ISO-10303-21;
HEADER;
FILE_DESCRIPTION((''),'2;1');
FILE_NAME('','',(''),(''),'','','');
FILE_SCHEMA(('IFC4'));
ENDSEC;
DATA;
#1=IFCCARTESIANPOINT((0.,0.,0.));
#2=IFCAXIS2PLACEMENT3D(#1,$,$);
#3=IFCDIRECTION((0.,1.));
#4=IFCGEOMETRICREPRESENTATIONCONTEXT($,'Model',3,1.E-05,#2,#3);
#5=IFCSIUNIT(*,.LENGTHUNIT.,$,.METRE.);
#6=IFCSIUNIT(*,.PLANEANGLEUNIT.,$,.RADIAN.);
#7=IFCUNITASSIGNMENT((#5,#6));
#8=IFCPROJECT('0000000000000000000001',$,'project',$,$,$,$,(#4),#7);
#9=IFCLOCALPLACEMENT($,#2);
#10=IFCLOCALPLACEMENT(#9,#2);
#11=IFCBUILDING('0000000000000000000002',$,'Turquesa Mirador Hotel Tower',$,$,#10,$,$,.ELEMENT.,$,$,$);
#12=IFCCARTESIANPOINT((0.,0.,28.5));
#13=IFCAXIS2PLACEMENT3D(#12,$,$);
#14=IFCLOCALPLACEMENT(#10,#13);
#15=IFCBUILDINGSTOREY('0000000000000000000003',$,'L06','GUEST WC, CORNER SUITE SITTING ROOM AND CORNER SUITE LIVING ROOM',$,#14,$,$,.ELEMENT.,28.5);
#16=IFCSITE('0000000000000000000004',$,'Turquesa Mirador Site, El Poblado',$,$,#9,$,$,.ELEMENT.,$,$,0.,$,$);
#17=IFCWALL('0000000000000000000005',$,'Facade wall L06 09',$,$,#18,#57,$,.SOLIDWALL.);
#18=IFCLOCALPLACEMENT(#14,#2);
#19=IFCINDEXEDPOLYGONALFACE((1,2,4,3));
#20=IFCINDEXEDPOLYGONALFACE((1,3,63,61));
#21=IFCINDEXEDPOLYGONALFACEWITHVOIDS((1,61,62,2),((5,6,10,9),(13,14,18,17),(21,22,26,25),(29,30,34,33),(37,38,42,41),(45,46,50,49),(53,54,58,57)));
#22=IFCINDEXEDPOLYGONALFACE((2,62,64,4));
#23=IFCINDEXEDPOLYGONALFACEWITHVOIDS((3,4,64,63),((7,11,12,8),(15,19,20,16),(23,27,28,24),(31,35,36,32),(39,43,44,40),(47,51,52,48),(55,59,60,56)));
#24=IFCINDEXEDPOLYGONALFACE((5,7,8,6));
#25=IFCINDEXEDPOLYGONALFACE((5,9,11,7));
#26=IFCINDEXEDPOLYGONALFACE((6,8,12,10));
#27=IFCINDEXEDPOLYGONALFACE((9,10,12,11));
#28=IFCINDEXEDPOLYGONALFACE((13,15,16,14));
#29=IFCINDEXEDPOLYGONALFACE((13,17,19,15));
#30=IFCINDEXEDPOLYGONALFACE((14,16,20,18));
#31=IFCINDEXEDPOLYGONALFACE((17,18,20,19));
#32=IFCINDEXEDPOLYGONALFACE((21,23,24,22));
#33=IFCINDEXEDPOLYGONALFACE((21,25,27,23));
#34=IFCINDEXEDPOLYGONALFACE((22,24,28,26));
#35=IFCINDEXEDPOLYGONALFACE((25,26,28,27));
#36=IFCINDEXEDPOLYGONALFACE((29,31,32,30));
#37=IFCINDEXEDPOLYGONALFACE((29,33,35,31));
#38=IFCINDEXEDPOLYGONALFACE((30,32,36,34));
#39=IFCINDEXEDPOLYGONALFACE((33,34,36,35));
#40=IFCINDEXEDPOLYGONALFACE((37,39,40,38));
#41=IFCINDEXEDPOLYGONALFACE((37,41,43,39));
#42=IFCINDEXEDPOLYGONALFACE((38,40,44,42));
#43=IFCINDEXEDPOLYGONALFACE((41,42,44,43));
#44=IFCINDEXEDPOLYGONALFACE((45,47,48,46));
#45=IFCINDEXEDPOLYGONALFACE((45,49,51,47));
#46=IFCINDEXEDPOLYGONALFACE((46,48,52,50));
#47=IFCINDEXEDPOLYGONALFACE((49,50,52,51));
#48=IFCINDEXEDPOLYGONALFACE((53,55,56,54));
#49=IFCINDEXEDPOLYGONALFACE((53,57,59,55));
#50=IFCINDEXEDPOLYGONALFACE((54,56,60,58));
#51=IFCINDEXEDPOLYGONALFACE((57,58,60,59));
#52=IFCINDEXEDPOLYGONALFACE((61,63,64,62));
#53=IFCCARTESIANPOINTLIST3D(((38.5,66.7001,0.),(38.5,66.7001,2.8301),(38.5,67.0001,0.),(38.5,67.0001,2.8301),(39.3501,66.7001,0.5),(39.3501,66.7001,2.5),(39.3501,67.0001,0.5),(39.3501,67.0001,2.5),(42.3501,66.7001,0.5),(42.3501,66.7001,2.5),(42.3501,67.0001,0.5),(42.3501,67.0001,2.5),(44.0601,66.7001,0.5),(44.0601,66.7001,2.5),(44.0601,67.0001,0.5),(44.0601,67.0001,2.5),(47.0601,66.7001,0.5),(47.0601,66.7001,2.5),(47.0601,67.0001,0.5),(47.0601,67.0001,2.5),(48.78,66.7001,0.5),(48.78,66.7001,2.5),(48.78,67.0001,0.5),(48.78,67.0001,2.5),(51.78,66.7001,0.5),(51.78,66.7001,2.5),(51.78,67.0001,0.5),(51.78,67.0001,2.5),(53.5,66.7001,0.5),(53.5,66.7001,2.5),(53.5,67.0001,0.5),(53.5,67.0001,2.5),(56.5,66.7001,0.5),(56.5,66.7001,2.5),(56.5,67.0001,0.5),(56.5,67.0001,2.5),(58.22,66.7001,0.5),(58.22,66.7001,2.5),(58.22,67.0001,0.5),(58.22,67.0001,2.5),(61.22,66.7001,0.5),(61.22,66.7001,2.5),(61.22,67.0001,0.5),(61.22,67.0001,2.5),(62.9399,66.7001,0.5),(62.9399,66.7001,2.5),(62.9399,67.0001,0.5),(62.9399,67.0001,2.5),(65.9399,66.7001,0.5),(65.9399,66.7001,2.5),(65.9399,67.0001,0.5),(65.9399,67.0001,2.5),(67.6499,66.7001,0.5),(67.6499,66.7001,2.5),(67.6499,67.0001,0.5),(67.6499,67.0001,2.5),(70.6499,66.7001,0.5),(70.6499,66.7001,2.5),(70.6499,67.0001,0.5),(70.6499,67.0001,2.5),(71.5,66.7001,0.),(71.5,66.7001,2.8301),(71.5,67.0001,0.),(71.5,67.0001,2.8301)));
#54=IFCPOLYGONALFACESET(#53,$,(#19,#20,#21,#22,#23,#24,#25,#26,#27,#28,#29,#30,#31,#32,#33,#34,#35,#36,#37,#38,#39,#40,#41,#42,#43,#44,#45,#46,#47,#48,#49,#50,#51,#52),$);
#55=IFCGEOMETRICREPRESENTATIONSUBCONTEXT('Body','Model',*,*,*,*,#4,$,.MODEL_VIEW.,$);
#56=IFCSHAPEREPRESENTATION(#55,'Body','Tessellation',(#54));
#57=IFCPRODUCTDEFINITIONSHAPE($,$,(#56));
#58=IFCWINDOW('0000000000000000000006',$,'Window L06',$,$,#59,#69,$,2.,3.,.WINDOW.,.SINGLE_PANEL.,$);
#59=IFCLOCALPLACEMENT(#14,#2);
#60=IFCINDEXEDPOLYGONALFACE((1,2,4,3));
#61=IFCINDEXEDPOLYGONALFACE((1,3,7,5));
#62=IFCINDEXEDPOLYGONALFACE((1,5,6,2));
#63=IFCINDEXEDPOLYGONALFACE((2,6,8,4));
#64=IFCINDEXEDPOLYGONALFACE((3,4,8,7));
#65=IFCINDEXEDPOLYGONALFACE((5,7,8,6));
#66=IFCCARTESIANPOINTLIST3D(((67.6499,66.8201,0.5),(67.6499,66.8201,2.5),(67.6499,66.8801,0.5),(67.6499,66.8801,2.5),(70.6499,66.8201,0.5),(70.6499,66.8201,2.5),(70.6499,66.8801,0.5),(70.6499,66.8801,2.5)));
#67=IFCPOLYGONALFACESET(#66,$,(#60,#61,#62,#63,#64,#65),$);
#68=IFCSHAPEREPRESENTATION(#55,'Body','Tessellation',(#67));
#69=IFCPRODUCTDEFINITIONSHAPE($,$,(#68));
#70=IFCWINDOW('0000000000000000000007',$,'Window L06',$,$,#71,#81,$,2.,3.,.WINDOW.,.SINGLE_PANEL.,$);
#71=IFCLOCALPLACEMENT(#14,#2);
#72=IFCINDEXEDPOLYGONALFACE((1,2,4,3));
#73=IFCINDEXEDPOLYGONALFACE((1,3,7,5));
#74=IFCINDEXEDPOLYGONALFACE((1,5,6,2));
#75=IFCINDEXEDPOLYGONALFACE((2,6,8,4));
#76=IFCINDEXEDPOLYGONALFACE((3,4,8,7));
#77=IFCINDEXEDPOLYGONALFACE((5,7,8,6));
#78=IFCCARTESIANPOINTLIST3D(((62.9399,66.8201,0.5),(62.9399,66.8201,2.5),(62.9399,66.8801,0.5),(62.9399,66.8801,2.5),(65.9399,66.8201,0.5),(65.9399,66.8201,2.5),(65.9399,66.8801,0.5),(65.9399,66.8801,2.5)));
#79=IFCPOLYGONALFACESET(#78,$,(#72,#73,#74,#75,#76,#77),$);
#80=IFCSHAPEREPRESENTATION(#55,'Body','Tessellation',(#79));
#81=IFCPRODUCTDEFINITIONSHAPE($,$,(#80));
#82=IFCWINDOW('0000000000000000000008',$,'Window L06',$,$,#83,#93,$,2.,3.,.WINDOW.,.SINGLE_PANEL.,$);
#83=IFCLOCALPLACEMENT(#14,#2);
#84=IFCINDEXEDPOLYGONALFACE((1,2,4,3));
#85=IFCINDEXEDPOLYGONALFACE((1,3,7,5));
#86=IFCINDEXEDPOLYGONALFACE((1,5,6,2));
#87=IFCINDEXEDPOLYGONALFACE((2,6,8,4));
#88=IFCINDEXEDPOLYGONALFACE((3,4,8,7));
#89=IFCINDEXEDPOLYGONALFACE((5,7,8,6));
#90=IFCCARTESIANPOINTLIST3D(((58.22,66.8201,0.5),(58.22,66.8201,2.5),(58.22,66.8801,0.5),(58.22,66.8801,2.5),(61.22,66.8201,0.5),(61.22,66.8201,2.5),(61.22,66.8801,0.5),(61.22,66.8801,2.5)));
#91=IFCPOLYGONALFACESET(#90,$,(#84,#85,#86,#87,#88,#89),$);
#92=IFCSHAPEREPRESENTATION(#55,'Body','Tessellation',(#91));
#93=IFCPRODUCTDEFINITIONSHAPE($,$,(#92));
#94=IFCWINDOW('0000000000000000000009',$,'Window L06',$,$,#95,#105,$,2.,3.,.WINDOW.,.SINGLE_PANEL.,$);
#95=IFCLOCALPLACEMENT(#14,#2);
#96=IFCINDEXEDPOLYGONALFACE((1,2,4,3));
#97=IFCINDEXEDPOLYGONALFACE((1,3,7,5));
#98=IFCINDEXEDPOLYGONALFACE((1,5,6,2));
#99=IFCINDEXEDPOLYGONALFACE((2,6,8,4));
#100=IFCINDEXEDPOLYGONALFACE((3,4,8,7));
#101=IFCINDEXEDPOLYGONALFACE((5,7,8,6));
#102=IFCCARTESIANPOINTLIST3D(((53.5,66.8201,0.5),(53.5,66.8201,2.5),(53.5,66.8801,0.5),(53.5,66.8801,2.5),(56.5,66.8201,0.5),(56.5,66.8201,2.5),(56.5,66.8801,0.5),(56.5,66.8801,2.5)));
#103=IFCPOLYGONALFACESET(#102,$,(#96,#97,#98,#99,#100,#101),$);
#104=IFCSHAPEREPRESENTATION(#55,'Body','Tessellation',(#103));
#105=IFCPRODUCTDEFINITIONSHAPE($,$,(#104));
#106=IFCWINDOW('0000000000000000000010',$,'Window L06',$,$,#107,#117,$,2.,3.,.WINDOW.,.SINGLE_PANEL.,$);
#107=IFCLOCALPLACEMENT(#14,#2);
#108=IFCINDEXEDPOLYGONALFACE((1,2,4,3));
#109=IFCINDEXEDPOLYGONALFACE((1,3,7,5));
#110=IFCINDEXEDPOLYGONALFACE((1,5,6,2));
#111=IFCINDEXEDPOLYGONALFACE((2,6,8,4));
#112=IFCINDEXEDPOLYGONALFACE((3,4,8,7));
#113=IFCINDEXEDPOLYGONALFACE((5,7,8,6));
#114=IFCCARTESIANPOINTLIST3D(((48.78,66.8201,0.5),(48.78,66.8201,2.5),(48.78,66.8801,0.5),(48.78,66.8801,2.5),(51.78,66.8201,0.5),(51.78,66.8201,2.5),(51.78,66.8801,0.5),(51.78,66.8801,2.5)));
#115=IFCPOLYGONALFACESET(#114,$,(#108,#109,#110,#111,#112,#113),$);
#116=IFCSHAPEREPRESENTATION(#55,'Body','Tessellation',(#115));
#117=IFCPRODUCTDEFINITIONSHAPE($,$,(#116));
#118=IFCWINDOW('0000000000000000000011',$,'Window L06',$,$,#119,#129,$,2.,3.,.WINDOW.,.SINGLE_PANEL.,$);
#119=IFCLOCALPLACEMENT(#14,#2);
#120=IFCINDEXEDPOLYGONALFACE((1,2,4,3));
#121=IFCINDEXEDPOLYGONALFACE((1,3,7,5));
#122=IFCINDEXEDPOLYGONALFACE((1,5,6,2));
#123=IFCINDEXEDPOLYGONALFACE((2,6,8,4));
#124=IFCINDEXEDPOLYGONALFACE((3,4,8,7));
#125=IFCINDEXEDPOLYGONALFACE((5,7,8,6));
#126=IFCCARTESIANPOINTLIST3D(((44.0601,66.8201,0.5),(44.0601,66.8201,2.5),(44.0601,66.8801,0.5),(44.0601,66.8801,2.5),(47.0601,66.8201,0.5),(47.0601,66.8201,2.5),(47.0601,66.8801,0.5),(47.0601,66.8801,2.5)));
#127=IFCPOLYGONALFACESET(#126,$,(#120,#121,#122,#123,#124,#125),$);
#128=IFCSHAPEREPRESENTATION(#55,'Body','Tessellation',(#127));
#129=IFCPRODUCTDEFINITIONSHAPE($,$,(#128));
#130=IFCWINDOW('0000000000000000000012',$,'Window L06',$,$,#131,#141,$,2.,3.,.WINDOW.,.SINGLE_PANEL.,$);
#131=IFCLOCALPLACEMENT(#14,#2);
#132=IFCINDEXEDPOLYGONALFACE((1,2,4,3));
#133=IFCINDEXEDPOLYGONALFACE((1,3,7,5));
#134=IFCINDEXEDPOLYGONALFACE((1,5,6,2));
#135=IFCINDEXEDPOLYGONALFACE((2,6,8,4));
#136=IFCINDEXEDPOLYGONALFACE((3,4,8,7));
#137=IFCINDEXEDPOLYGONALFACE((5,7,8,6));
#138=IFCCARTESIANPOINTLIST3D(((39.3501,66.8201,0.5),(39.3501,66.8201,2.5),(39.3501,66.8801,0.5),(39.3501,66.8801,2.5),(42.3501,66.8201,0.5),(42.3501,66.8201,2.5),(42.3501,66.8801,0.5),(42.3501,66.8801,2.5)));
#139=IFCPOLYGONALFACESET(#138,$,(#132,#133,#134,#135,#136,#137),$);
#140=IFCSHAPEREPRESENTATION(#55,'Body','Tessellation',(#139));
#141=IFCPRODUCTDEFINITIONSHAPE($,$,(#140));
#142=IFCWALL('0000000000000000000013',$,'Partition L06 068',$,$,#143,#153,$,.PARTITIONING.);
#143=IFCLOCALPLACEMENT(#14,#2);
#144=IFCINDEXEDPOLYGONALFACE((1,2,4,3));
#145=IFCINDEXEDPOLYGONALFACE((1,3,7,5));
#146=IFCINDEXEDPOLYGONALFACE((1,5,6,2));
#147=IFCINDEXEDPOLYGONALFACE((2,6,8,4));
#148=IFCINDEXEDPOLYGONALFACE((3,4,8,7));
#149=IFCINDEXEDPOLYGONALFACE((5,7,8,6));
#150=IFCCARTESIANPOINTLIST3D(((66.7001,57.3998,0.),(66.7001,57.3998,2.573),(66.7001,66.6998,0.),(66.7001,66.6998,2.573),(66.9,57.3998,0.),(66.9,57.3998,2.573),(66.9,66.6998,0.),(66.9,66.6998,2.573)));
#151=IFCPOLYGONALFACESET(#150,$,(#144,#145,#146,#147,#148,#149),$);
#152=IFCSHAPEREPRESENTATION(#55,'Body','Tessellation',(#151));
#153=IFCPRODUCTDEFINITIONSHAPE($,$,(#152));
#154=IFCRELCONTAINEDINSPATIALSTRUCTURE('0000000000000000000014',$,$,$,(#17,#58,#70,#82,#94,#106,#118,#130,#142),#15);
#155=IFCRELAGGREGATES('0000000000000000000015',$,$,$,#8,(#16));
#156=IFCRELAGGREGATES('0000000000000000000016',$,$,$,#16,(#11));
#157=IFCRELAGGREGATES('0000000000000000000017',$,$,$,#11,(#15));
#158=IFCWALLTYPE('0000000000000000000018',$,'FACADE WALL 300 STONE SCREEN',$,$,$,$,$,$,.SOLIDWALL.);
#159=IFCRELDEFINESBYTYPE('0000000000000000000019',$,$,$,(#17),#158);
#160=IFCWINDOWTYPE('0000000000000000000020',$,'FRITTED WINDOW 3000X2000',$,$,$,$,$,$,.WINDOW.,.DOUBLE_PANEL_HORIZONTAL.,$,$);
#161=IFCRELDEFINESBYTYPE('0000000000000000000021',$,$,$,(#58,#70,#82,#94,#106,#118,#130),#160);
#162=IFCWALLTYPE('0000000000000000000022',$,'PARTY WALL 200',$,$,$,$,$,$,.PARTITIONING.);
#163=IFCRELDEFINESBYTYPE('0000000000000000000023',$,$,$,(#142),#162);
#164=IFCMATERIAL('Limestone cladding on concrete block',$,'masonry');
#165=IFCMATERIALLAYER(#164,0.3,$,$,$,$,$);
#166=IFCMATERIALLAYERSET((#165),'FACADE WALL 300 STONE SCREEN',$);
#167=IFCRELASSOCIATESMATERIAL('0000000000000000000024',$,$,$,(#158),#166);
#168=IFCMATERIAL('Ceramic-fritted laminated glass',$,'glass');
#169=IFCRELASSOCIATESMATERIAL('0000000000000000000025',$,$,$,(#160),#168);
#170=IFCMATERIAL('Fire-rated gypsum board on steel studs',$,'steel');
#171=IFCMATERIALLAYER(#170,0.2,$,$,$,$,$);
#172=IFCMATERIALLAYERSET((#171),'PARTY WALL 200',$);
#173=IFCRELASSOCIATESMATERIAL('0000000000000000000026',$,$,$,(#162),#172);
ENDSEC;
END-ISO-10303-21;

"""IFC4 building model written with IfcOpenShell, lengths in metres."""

from ifc_helpers import new_model, si_unit, direction, frame, frame_2d, origin, place, context, subcontext, project, spatial, rectangle, extrude, material, layer, layer_set, type_object, element, fill, save


model = new_model("IFC4")

# Units and contexts
model_context = context("Model", 3, precision=1e-05, world=origin(), true_north=direction((0.0, 1.0)))
body_context = subcontext(model_context, "Body", "Model", "MODEL_VIEW")
ifc_project = project(units=[si_unit("LENGTHUNIT", "METRE"), si_unit("PLANEANGLEUNIT", "RADIAN")], contexts=[model_context])

# Site, building, storey
site_placement = place(None, origin())
site = spatial("IfcSite", under=ifc_project, at=site_placement, Name="Turquesa Mirador Site, El Poblado", CompositionType="ELEMENT", RefElevation=0.0)
building_placement = place(site_placement, origin())
building = spatial("IfcBuilding", under=site, at=building_placement, Name="Turquesa Mirador Hotel Tower", CompositionType="ELEMENT")
storey_placement = place(building_placement, frame((0.0, 0.0, 28.5)))
storey = spatial("IfcBuildingStorey", under=building, at=storey_placement, Name="L06", Description="GUEST WC, CORNER SUITE SITTING ROOM AND CORNER SUITE LIVING ROOM", CompositionType="ELEMENT", Elevation=28.5)

# Shared definitions
ifc_material_1 = material(Name="Limestone cladding on concrete block", Category="masonry")
ifc_layer_1 = layer(ifc_material_1, 0.3)
ifc_layer_set_1 = layer_set([ifc_layer_1], Name="FACADE WALL 300 STONE SCREEN")
wall_type_1 = type_object("IfcWallType", Name="FACADE WALL 300 STONE SCREEN", PredefinedType="SOLIDWALL", material=ifc_layer_set_1)

# Wall, openings, windows
wall_1_placement = place(storey_placement, frame((71.5, 66.8501, 0.0), z_axis=(0.0, 0.0, 1.0), x_axis=(-1.0, 0.0, 0.0)))
wall_1 = element("IfcWall", 1, at=wall_1_placement, inside=storey, type_object=wall_type_1, Name="Facade wall L06 09", PredefinedType="SOLIDWALL", context=body_context, shape_type="SweptSolid", body=[
    extrude(rectangle(XDim=33.0, YDim=0.3, at=frame_2d((16.5, 0.0))), origin(), (0.0, 0.0, 1.0), 2.8301),
])
opening_1_placement = place(wall_1_placement, frame((0.8501, 0.0, 0.5)))
opening_1 = element("IfcOpeningElement", 2, at=opening_1_placement, cuts=wall_1, PredefinedType="OPENING", context=body_context, shape_type="SweptSolid", body=[
    extrude(rectangle(XDim=3.0, YDim=2.0, at=frame_2d((1.5, 1.0))), frame((0.0, 0.1599, 0.0), z_axis=(0.0, -1.0, 0.0), x_axis=(1.0, 0.0, 0.0)), (0.0, 0.0, 1.0), 0.3201),
])
opening_2_placement = place(wall_1_placement, frame((5.5601, 0.0, 0.5)))
opening_2 = element("IfcOpeningElement", 3, at=opening_2_placement, cuts=wall_1, PredefinedType="OPENING", context=body_context, shape_type="SweptSolid", body=[
    extrude(rectangle(XDim=3.0, YDim=2.0, at=frame_2d((1.5, 1.0))), frame((0.0, 0.1599, 0.0), z_axis=(0.0, -1.0, 0.0), x_axis=(1.0, 0.0, 0.0)), (0.0, 0.0, 1.0), 0.3201),
])
opening_3_placement = place(wall_1_placement, frame((10.28, 0.0, 0.5)))
opening_3 = element("IfcOpeningElement", 4, at=opening_3_placement, cuts=wall_1, PredefinedType="OPENING", context=body_context, shape_type="SweptSolid", body=[
    extrude(rectangle(XDim=3.0, YDim=2.0, at=frame_2d((1.5, 1.0))), frame((0.0, 0.1599, 0.0), z_axis=(0.0, -1.0, 0.0), x_axis=(1.0, 0.0, 0.0)), (0.0, 0.0, 1.0), 0.3201),
])
opening_4_placement = place(wall_1_placement, frame((15.0, 0.0, 0.5)))
opening_4 = element("IfcOpeningElement", 5, at=opening_4_placement, cuts=wall_1, PredefinedType="OPENING", context=body_context, shape_type="SweptSolid", body=[
    extrude(rectangle(XDim=3.0, YDim=2.0, at=frame_2d((1.5, 1.0))), frame((0.0, 0.1599, 0.0), z_axis=(0.0, -1.0, 0.0), x_axis=(1.0, 0.0, 0.0)), (0.0, 0.0, 1.0), 0.3201),
])
opening_5_placement = place(wall_1_placement, frame((19.72, 0.0, 0.5)))
opening_5 = element("IfcOpeningElement", 6, at=opening_5_placement, cuts=wall_1, PredefinedType="OPENING", context=body_context, shape_type="SweptSolid", body=[
    extrude(rectangle(XDim=3.0, YDim=2.0, at=frame_2d((1.5, 1.0))), frame((0.0, 0.1599, 0.0), z_axis=(0.0, -1.0, 0.0), x_axis=(1.0, 0.0, 0.0)), (0.0, 0.0, 1.0), 0.3201),
])
opening_6_placement = place(wall_1_placement, frame((24.4399, 0.0, 0.5)))
opening_6 = element("IfcOpeningElement", 7, at=opening_6_placement, cuts=wall_1, PredefinedType="OPENING", context=body_context, shape_type="SweptSolid", body=[
    extrude(rectangle(XDim=3.0, YDim=2.0, at=frame_2d((1.5, 1.0))), frame((0.0, 0.1599, 0.0), z_axis=(0.0, -1.0, 0.0), x_axis=(1.0, 0.0, 0.0)), (0.0, 0.0, 1.0), 0.3201),
])
opening_7_placement = place(wall_1_placement, frame((29.1499, 0.0, 0.5)))
opening_7 = element("IfcOpeningElement", 8, at=opening_7_placement, cuts=wall_1, PredefinedType="OPENING", context=body_context, shape_type="SweptSolid", body=[
    extrude(rectangle(XDim=3.0, YDim=2.0, at=frame_2d((1.5, 1.0))), frame((0.0, 0.1599, 0.0), z_axis=(0.0, -1.0, 0.0), x_axis=(1.0, 0.0, 0.0)), (0.0, 0.0, 1.0), 0.3201),
])
ifc_material_2 = material(Name="Ceramic-fritted laminated glass", Category="glass")
window_type_1 = type_object("IfcWindowType", Name="FRITTED WINDOW 3000X2000", PartitioningType="DOUBLE_PANEL_HORIZONTAL", PredefinedType="WINDOW", material=ifc_material_2)
window_1_placement = place(opening_1_placement, origin())
window_1 = element("IfcWindow", 9, at=window_1_placement, inside=storey, type_object=window_type_1, Name="Window L06", OverallHeight=2.0, OverallWidth=3.0, PartitioningType="SINGLE_PANEL", PredefinedType="WINDOW", context=body_context, shape_type="SweptSolid", body=[
    extrude(rectangle(XDim=3.0, YDim=2.0, at=frame_2d((1.5, 1.0))), frame((0.0, 0.03, 0.0), z_axis=(0.0, -1.0, 0.0), x_axis=(1.0, 0.0, 0.0)), (0.0, 0.0, 1.0), 0.0601),
])
fill(opening_1, window_1)
window_2_placement = place(opening_2_placement, origin())
window_2 = element("IfcWindow", 10, at=window_2_placement, inside=storey, type_object=window_type_1, Name="Window L06", OverallHeight=2.0, OverallWidth=3.0, PartitioningType="SINGLE_PANEL", PredefinedType="WINDOW", context=body_context, shape_type="SweptSolid", body=[
    extrude(rectangle(XDim=3.0, YDim=2.0, at=frame_2d((1.5, 1.0))), frame((0.0, 0.03, 0.0), z_axis=(0.0, -1.0, 0.0), x_axis=(1.0, 0.0, 0.0)), (0.0, 0.0, 1.0), 0.0601),
])
fill(opening_2, window_2)
window_3_placement = place(opening_3_placement, origin())
window_3 = element("IfcWindow", 11, at=window_3_placement, inside=storey, type_object=window_type_1, Name="Window L06", OverallHeight=2.0, OverallWidth=3.0, PartitioningType="SINGLE_PANEL", PredefinedType="WINDOW", context=body_context, shape_type="SweptSolid", body=[
    extrude(rectangle(XDim=3.0, YDim=2.0, at=frame_2d((1.5, 1.0))), frame((0.0, 0.03, 0.0), z_axis=(0.0, -1.0, 0.0), x_axis=(1.0, 0.0, 0.0)), (0.0, 0.0, 1.0), 0.0601),
])
fill(opening_3, window_3)
window_4_placement = place(opening_4_placement, origin())
window_4 = element("IfcWindow", 12, at=window_4_placement, inside=storey, type_object=window_type_1, Name="Window L06", OverallHeight=2.0, OverallWidth=3.0, PartitioningType="SINGLE_PANEL", PredefinedType="WINDOW", context=body_context, shape_type="SweptSolid", body=[
    extrude(rectangle(XDim=3.0, YDim=2.0, at=frame_2d((1.5, 1.0))), frame((0.0, 0.03, 0.0), z_axis=(0.0, -1.0, 0.0), x_axis=(1.0, 0.0, 0.0)), (0.0, 0.0, 1.0), 0.0601),
])
fill(opening_4, window_4)
window_5_placement = place(opening_5_placement, origin())
window_5 = element("IfcWindow", 13, at=window_5_placement, inside=storey, type_object=window_type_1, Name="Window L06", OverallHeight=2.0, OverallWidth=3.0, PartitioningType="SINGLE_PANEL", PredefinedType="WINDOW", context=body_context, shape_type="SweptSolid", body=[
    extrude(rectangle(XDim=3.0, YDim=2.0, at=frame_2d((1.5, 1.0))), frame((0.0, 0.03, 0.0), z_axis=(0.0, -1.0, 0.0), x_axis=(1.0, 0.0, 0.0)), (0.0, 0.0, 1.0), 0.0601),
])
fill(opening_5, window_5)
window_6_placement = place(opening_6_placement, origin())
window_6 = element("IfcWindow", 14, at=window_6_placement, inside=storey, type_object=window_type_1, Name="Window L06", OverallHeight=2.0, OverallWidth=3.0, PartitioningType="SINGLE_PANEL", PredefinedType="WINDOW", context=body_context, shape_type="SweptSolid", body=[
    extrude(rectangle(XDim=3.0, YDim=2.0, at=frame_2d((1.5, 1.0))), frame((0.0, 0.03, 0.0), z_axis=(0.0, -1.0, 0.0), x_axis=(1.0, 0.0, 0.0)), (0.0, 0.0, 1.0), 0.0601),
])
fill(opening_6, window_6)
window_7_placement = place(opening_7_placement, origin())
window_7 = element("IfcWindow", 15, at=window_7_placement, inside=storey, type_object=window_type_1, Name="Window L06", OverallHeight=2.0, OverallWidth=3.0, PartitioningType="SINGLE_PANEL", PredefinedType="WINDOW", context=body_context, shape_type="SweptSolid", body=[
    extrude(rectangle(XDim=3.0, YDim=2.0, at=frame_2d((1.5, 1.0))), frame((0.0, 0.03, 0.0), z_axis=(0.0, -1.0, 0.0), x_axis=(1.0, 0.0, 0.0)), (0.0, 0.0, 1.0), 0.0601),
])
fill(opening_7, window_7)

# Wall
ifc_material_3 = material(Name="Fire-rated gypsum board on steel studs", Category="steel")
ifc_layer_2 = layer(ifc_material_3, 0.2)
ifc_layer_set_2 = layer_set([ifc_layer_2], Name="PARTY WALL 200")
wall_type_2 = type_object("IfcWallType", Name="PARTY WALL 200", PredefinedType="PARTITIONING", material=ifc_layer_set_2)
wall_2_placement = place(storey_placement, frame((66.8, 57.3999, 0.0), z_axis=(0.0, 0.0, 1.0), x_axis=(0.0, 1.0, 0.0)))
element("IfcWall", 16, at=wall_2_placement, inside=storey, type_object=wall_type_2, Name="Partition L06 068", PredefinedType="PARTITIONING", context=body_context, shape_type="SweptSolid", body=[
    extrude(rectangle(XDim=9.3, YDim=0.2, at=frame_2d((4.6499, 0.0))), origin(), (0.0, 0.0, 1.0), 2.573),
])

save(model, "model.ifc")
